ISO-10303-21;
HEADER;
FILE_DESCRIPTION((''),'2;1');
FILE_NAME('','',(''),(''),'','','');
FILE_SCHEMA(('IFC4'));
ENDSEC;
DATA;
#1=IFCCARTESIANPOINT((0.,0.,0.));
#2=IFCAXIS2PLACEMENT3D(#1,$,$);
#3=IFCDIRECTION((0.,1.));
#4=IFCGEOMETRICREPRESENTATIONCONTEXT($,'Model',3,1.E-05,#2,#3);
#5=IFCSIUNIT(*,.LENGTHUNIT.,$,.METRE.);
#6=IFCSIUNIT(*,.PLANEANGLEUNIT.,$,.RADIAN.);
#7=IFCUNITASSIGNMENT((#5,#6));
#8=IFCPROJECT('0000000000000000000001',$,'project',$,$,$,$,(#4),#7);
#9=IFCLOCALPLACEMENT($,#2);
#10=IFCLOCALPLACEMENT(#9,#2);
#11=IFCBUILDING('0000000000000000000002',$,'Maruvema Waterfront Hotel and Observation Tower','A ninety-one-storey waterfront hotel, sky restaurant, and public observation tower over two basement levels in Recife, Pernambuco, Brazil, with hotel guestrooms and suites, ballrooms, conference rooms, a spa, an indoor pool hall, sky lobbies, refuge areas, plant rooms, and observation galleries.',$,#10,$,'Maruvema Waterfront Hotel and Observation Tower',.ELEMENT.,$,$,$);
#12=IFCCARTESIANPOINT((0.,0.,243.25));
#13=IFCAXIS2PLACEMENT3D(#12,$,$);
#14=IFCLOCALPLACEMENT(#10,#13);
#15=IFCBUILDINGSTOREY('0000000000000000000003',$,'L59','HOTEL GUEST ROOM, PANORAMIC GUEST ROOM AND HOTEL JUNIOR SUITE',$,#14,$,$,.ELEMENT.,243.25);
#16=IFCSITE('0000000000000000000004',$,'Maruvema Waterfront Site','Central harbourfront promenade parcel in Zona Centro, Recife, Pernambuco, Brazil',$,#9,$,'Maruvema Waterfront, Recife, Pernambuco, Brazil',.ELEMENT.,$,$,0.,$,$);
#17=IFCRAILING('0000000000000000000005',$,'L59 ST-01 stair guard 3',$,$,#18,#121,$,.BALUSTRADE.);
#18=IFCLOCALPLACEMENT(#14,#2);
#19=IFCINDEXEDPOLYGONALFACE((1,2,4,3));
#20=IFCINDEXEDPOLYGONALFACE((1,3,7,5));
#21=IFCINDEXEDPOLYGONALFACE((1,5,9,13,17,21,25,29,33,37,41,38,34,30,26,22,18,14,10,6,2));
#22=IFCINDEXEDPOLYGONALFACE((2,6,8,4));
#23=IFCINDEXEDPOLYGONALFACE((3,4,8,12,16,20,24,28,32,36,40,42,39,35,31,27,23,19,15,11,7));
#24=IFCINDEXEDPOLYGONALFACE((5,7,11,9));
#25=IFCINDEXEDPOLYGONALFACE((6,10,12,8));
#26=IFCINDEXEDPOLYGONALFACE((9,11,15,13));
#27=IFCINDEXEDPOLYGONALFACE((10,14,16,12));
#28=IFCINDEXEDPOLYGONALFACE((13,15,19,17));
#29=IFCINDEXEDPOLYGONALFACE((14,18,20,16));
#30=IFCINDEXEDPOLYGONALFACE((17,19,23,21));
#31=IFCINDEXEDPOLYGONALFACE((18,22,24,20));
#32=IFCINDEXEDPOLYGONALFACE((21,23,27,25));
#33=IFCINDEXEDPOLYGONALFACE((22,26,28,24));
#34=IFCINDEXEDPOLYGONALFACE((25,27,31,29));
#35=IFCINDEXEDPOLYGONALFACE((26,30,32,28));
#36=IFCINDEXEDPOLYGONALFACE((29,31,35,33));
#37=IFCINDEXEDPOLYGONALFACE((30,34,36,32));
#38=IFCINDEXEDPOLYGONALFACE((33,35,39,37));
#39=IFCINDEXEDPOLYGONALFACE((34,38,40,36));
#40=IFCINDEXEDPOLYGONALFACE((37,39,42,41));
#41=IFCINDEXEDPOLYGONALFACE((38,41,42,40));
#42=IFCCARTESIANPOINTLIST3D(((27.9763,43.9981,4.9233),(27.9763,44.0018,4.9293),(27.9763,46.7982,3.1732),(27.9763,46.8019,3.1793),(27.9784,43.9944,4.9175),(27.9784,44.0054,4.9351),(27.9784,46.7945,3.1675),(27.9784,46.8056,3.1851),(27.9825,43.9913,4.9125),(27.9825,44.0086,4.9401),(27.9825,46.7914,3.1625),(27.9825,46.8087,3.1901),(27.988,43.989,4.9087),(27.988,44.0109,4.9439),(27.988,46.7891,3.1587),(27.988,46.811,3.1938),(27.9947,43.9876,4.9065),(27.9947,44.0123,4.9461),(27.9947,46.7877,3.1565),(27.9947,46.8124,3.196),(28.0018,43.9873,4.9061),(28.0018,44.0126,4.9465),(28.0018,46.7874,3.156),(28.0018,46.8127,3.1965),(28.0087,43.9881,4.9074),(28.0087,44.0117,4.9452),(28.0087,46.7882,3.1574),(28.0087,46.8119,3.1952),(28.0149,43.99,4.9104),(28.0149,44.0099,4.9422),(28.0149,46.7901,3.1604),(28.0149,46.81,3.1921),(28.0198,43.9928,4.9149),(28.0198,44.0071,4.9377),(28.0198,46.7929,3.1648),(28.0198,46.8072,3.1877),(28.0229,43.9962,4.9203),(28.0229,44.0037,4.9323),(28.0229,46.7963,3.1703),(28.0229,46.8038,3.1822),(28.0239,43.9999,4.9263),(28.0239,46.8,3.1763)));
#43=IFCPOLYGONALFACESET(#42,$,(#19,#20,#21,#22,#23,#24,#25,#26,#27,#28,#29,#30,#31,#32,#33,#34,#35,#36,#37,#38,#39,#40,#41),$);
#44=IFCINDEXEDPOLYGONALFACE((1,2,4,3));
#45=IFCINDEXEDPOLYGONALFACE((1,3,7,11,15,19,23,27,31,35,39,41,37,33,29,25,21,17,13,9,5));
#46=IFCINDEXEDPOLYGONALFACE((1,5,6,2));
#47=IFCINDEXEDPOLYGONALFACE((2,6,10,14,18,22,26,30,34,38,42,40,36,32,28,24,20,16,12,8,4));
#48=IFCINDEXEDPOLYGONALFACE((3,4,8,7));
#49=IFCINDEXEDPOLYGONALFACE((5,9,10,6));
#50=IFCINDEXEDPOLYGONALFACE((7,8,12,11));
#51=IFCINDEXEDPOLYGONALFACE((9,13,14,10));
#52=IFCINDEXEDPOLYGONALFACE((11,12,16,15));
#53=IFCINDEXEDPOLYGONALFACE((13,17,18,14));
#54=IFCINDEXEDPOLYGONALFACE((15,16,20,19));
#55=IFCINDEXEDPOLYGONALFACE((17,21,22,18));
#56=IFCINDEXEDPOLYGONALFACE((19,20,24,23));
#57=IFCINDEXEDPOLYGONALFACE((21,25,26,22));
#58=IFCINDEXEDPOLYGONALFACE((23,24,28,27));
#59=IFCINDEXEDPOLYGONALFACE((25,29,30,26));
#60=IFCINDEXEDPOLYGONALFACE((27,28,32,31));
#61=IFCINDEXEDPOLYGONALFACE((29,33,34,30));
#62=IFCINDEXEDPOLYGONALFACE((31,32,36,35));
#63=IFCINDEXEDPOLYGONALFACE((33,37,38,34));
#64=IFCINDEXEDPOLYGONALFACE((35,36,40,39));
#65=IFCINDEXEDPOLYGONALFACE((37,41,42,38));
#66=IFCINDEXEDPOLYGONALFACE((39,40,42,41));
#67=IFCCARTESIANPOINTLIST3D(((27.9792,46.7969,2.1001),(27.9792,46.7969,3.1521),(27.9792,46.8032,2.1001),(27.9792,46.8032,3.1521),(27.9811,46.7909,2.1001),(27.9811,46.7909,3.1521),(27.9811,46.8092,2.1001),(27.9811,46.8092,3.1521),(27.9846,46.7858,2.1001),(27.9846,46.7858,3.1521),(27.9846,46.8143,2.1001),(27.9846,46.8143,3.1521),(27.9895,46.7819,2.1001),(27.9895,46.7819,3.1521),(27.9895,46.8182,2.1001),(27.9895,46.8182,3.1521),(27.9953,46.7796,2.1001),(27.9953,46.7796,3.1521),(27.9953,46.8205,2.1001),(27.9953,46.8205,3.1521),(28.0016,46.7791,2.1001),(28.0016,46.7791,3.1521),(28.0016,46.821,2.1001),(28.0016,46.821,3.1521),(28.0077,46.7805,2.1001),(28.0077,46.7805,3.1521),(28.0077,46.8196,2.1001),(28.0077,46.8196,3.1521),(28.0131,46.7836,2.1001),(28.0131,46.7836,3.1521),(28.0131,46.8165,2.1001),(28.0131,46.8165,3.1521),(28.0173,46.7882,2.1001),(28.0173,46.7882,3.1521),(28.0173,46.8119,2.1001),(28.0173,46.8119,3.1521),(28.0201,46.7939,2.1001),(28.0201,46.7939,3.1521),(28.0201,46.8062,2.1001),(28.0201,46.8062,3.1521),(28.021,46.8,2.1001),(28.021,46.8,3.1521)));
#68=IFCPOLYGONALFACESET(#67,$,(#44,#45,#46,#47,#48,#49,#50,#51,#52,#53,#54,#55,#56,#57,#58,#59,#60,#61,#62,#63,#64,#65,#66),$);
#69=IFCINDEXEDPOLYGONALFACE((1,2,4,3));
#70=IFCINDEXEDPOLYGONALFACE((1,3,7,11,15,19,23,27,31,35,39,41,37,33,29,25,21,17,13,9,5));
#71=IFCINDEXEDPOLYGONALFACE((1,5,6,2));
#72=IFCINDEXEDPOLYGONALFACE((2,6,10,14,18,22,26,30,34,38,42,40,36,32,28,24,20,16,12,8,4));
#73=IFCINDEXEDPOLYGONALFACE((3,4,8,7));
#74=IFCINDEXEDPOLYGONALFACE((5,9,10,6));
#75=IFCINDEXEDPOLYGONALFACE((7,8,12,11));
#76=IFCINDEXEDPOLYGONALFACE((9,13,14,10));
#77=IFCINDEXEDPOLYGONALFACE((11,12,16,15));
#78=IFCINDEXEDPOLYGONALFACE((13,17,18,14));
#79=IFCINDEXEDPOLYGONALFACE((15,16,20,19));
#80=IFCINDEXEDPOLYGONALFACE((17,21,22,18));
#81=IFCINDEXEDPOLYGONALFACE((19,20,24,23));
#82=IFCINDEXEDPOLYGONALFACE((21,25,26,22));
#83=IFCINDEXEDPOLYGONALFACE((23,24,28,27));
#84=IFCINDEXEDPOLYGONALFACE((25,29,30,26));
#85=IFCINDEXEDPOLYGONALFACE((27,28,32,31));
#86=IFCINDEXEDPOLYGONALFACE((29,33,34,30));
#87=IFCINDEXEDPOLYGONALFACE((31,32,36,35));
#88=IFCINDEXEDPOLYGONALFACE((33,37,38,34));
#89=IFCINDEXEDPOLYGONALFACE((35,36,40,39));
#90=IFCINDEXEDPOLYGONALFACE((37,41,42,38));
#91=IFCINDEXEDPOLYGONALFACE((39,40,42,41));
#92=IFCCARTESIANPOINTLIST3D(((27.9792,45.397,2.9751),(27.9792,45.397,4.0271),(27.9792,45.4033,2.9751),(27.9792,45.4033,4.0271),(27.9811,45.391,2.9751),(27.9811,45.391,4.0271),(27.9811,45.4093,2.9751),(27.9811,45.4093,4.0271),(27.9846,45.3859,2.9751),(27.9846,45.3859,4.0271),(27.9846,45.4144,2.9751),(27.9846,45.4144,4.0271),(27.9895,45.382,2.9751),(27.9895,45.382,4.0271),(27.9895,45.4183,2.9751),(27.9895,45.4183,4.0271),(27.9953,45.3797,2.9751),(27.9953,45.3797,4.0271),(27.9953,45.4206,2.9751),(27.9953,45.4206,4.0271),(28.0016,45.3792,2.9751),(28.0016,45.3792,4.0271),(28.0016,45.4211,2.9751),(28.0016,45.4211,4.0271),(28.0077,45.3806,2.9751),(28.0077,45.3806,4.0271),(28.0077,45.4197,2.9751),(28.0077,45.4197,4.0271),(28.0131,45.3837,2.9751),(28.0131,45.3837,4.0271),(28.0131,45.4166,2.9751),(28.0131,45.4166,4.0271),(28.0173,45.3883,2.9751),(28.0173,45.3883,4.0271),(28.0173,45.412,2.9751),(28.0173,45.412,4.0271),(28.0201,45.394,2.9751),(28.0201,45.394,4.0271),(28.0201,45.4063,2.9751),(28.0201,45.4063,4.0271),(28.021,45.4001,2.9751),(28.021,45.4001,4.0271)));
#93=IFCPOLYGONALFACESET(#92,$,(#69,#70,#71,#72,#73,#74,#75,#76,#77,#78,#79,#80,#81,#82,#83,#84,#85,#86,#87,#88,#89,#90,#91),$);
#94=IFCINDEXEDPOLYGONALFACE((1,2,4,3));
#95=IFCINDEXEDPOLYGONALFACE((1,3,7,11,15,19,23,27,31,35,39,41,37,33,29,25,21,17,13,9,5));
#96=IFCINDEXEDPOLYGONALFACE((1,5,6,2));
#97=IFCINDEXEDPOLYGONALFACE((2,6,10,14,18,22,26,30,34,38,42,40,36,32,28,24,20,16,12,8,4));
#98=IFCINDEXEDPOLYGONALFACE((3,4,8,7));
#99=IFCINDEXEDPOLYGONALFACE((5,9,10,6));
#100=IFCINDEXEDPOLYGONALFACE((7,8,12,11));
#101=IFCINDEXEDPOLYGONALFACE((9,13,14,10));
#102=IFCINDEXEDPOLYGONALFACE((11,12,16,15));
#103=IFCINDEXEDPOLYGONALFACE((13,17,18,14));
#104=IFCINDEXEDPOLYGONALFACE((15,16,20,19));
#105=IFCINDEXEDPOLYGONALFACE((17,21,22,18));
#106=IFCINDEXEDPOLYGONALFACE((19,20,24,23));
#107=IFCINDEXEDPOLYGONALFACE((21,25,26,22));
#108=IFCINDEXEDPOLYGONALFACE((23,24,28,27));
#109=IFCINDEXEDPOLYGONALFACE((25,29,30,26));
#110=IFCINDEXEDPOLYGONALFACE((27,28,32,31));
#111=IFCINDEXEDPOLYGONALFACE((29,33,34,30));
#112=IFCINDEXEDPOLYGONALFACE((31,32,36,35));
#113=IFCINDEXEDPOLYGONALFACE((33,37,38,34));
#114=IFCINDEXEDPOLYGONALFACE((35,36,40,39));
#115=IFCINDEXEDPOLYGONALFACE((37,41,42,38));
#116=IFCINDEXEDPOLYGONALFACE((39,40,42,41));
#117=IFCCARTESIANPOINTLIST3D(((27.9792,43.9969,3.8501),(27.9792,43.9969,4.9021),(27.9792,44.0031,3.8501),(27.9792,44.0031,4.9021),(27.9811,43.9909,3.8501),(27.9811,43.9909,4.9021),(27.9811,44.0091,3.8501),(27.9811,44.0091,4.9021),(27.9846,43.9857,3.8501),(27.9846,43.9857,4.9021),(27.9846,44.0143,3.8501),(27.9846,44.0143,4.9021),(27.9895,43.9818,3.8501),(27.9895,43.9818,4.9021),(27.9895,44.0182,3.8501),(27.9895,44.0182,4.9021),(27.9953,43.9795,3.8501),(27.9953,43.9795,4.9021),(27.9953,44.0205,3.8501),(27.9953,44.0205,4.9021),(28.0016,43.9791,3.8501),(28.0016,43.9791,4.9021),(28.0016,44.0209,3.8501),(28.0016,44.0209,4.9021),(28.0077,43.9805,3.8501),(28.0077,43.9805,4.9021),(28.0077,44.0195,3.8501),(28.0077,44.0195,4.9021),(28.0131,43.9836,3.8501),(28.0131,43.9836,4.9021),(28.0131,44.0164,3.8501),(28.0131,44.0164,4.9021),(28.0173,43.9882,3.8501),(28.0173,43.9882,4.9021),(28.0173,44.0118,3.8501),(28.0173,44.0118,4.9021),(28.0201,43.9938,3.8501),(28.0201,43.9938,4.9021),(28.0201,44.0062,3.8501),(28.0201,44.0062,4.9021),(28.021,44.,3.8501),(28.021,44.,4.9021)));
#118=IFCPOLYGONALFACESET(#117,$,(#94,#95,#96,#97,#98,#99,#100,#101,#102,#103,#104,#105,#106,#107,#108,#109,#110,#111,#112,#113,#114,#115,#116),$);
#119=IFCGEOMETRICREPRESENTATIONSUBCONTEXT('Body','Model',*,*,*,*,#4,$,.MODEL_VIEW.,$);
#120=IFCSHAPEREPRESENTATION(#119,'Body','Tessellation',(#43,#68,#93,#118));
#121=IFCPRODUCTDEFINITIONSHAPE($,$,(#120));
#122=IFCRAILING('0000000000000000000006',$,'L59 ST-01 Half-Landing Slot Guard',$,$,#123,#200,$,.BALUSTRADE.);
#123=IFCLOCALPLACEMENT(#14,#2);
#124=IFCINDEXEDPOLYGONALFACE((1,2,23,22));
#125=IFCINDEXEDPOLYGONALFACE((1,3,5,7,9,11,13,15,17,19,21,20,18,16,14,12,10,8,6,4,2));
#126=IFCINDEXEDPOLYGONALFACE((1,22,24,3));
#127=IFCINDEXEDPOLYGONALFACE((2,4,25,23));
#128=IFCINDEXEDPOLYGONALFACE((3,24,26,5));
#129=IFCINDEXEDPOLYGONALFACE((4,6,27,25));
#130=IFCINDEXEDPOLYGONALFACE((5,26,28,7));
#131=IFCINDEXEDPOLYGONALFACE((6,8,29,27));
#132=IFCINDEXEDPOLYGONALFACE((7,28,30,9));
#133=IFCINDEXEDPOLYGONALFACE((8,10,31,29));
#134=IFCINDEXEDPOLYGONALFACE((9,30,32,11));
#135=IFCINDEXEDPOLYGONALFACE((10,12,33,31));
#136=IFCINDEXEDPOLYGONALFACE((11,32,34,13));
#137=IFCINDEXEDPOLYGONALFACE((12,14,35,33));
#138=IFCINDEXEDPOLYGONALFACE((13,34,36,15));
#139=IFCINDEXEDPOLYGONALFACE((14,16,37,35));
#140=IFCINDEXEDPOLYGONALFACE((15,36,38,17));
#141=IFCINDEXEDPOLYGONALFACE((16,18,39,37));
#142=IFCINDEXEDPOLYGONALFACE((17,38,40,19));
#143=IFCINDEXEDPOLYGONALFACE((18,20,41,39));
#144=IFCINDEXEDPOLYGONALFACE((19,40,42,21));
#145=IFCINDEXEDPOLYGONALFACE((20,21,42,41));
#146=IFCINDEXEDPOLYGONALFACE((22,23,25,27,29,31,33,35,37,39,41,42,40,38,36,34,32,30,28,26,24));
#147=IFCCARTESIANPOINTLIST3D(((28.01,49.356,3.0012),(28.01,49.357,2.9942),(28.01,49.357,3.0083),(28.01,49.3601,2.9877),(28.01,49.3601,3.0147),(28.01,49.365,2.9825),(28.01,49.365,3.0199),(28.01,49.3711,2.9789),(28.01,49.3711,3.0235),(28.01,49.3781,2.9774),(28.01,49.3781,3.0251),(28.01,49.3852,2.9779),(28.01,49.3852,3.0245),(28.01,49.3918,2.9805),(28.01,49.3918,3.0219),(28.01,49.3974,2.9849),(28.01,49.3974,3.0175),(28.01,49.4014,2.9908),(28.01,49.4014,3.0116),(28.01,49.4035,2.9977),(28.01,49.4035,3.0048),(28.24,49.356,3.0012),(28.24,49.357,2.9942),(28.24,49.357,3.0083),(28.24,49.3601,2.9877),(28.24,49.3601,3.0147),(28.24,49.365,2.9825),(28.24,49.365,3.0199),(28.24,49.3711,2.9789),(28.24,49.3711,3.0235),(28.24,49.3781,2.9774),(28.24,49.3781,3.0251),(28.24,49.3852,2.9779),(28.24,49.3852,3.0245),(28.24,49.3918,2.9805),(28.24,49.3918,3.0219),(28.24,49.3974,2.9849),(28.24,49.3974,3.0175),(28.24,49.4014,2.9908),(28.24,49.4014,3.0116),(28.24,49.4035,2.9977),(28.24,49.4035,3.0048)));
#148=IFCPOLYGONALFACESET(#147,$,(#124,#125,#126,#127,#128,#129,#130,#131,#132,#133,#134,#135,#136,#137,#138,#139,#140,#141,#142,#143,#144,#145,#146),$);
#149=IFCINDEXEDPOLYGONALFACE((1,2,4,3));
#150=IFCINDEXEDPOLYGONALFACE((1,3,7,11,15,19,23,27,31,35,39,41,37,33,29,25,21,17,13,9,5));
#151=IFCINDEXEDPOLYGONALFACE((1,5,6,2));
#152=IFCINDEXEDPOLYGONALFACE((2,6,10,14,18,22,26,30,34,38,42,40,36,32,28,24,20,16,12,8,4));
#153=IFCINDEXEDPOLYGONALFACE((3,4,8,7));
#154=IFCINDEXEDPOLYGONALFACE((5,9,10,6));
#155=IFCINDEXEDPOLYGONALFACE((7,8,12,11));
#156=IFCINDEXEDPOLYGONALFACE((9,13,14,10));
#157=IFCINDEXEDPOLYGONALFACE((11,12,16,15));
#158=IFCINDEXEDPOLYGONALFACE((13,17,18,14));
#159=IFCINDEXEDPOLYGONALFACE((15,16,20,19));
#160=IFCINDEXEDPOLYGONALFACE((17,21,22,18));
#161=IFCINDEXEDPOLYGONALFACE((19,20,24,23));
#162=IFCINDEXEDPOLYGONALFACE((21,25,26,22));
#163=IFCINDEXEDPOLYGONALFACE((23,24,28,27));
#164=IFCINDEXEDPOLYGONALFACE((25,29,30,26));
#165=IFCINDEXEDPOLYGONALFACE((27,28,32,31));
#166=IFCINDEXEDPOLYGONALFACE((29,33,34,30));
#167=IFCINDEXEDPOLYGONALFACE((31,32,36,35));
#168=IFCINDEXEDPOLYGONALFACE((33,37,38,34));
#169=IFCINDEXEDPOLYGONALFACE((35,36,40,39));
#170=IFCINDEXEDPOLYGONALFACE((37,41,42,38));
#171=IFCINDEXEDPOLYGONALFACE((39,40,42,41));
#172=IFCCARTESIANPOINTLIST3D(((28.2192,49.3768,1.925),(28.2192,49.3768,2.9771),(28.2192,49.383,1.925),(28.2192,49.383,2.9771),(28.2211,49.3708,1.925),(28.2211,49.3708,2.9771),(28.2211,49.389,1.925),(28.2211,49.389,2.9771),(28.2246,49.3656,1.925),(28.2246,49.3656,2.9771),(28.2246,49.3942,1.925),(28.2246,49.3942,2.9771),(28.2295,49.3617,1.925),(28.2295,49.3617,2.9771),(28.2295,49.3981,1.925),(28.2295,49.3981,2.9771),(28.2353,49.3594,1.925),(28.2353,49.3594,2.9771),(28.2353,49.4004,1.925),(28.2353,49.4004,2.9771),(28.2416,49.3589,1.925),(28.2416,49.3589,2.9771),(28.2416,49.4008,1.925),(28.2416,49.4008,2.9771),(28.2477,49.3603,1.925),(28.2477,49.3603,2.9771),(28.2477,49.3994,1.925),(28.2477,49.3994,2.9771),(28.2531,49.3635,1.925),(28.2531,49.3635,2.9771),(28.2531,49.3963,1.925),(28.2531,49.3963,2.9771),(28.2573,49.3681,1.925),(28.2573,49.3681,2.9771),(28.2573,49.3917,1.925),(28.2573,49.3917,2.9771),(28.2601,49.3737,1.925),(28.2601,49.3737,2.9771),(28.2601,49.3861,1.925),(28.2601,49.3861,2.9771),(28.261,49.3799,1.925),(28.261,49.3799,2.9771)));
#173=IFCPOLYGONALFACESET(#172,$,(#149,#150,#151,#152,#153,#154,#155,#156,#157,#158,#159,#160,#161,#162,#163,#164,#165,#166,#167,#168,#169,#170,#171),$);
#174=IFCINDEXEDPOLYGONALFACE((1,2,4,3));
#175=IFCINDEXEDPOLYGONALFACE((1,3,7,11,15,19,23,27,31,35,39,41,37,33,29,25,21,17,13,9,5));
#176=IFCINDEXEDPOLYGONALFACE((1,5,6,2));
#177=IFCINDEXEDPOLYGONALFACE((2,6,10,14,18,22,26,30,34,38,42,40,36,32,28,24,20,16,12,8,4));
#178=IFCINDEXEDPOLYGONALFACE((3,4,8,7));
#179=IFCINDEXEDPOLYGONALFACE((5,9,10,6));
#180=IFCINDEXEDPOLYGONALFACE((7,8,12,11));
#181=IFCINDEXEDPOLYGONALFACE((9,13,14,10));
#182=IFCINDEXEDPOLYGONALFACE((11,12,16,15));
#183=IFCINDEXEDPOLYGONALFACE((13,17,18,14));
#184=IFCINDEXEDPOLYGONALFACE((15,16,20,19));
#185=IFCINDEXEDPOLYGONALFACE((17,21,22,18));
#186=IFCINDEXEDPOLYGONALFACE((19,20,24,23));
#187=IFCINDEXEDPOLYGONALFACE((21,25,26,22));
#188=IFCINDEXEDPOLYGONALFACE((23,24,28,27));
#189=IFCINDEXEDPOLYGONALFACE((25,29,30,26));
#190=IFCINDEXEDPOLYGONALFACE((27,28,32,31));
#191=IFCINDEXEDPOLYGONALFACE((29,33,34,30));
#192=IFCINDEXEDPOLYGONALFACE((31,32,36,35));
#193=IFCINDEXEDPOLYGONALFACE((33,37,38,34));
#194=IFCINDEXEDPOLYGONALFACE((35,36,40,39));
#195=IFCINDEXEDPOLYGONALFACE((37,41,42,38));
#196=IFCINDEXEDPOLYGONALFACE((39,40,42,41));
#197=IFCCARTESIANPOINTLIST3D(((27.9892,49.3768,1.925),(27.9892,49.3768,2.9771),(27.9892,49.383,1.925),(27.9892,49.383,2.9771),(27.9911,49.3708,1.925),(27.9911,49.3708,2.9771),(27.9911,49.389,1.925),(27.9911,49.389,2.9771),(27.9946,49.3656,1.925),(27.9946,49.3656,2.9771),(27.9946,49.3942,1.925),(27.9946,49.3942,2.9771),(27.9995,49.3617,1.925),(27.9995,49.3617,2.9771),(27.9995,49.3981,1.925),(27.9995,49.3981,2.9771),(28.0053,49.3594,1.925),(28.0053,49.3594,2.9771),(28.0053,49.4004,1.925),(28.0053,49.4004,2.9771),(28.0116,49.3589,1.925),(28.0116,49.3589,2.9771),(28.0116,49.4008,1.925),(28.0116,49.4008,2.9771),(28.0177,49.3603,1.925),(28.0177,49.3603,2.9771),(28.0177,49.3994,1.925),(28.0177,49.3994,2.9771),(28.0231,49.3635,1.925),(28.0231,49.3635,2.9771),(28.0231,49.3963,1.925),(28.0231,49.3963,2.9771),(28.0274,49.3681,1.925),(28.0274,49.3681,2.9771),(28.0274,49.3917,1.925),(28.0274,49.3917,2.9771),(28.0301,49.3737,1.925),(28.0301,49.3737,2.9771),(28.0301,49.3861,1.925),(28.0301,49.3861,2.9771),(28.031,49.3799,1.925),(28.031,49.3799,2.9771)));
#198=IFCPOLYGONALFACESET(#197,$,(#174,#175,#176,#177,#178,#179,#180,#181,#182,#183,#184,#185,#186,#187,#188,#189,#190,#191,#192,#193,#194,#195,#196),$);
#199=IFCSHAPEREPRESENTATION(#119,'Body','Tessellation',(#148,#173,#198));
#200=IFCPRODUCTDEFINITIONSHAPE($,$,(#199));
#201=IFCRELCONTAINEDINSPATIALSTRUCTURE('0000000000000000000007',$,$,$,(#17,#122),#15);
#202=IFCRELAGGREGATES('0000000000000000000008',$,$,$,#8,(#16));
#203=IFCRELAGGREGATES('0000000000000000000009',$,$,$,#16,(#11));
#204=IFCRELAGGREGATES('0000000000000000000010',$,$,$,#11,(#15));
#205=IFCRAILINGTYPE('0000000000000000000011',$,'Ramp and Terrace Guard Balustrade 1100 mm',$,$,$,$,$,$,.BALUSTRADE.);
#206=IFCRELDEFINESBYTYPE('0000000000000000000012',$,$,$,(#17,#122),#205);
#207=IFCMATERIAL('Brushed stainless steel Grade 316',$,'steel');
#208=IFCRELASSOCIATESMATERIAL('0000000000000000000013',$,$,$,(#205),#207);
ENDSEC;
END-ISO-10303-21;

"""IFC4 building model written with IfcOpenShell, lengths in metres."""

from ifc_helpers import new_model, si_unit, direction, frame, origin, origin_2d, place, context, subcontext, project, spatial, circle, extrude, material, type_object, element, save


model = new_model("IFC4")

# Units and contexts
model_context = context("Model", 3, precision=1e-05, world=origin(), true_north=direction((0.0, 1.0)))
body_context = subcontext(model_context, "Body", "Model", "MODEL_VIEW")
ifc_project = project(units=[si_unit("LENGTHUNIT", "METRE"), si_unit("PLANEANGLEUNIT", "RADIAN")], contexts=[model_context])

# Site, building, storey
site_placement = place(None, origin())
site = spatial("IfcSite", under=ifc_project, at=site_placement, Name="Maruvema Waterfront Site", Description="Central harbourfront promenade parcel in Zona Centro, Recife, Pernambuco, Brazil", LongName="Maruvema Waterfront, Recife, Pernambuco, Brazil", CompositionType="ELEMENT", RefElevation=0.0)
building_placement = place(site_placement, origin())
building = spatial("IfcBuilding", under=site, at=building_placement, Name="Maruvema Waterfront Hotel and Observation Tower", Description="A ninety-one-storey waterfront hotel, sky restaurant, and public observation tower over two basement levels in Recife, Pernambuco, Brazil, with hotel guestrooms and suites, ballrooms, conference rooms, a spa, an indoor pool hall, sky lobbies, refuge areas, plant rooms, and observation galleries.", LongName="Maruvema Waterfront Hotel and Observation Tower", CompositionType="ELEMENT")
storey_placement = place(building_placement, frame((0.0, 0.0, 243.25)))
storey = spatial("IfcBuildingStorey", under=building, at=storey_placement, Name="L59", Description="HOTEL GUEST ROOM, PANORAMIC GUEST ROOM AND HOTEL JUNIOR SUITE", CompositionType="ELEMENT", Elevation=243.25)

# Railings
ifc_material_1 = material(Name="Brushed stainless steel Grade 316", Category="steel")
railing_type_1 = type_object("IfcRailingType", Name="Ramp and Terrace Guard Balustrade 1100 mm", PredefinedType="BALUSTRADE", material=ifc_material_1)
railing_1_placement = place(storey_placement, frame((28.0, 46.8, 2.1001)))
element("IfcRailing", 1, at=railing_1_placement, inside=storey, type_object=railing_type_1, Name="L59 ST-01 stair guard 3", PredefinedType="BALUSTRADE", context=body_context, shape_type="SweptSolid", body=[
    extrude(circle(Radius=0.0239, at=origin_2d()), frame((0.0, 0.0, 1.0762), z_axis=(0.0, -0.848002, 0.529992), x_axis=(1.0, 0.0, 0.0)), (0.0, 0.0, 1.0), 3.302),
    extrude(circle(Radius=0.021, at=origin_2d()), origin(), (0.0, 0.0, 1.0), 1.052),
    extrude(circle(Radius=0.021, at=origin_2d()), frame((0.0, -1.3999, 0.875)), (0.0, 0.0, 1.0), 1.052),
    extrude(circle(Radius=0.021, at=origin_2d()), frame((0.0, -2.8, 1.75)), (0.0, 0.0, 1.0), 1.052),
])
railing_2_placement = place(storey_placement, frame((28.24, 49.3799, 1.925)))
element("IfcRailing", 2, at=railing_2_placement, inside=storey, type_object=railing_type_1, Name="L59 ST-01 Half-Landing Slot Guard", PredefinedType="BALUSTRADE", context=body_context, shape_type="SweptSolid", body=[
    extrude(circle(Radius=0.0239, at=origin_2d()), frame((0.0, 0.0, 1.0762), z_axis=(-1.0, 0.0, 0.0), x_axis=(0.0, -1.0, 0.0)), (0.0, 0.0, 1.0), 0.23),
    extrude(circle(Radius=0.021, at=origin_2d()), origin(), (0.0, 0.0, 1.0), 1.052),
    extrude(circle(Radius=0.021, at=origin_2d()), frame((-0.23, 0.0, 0.0)), (0.0, 0.0, 1.0), 1.052),
])

save(model, "model.ifc")
